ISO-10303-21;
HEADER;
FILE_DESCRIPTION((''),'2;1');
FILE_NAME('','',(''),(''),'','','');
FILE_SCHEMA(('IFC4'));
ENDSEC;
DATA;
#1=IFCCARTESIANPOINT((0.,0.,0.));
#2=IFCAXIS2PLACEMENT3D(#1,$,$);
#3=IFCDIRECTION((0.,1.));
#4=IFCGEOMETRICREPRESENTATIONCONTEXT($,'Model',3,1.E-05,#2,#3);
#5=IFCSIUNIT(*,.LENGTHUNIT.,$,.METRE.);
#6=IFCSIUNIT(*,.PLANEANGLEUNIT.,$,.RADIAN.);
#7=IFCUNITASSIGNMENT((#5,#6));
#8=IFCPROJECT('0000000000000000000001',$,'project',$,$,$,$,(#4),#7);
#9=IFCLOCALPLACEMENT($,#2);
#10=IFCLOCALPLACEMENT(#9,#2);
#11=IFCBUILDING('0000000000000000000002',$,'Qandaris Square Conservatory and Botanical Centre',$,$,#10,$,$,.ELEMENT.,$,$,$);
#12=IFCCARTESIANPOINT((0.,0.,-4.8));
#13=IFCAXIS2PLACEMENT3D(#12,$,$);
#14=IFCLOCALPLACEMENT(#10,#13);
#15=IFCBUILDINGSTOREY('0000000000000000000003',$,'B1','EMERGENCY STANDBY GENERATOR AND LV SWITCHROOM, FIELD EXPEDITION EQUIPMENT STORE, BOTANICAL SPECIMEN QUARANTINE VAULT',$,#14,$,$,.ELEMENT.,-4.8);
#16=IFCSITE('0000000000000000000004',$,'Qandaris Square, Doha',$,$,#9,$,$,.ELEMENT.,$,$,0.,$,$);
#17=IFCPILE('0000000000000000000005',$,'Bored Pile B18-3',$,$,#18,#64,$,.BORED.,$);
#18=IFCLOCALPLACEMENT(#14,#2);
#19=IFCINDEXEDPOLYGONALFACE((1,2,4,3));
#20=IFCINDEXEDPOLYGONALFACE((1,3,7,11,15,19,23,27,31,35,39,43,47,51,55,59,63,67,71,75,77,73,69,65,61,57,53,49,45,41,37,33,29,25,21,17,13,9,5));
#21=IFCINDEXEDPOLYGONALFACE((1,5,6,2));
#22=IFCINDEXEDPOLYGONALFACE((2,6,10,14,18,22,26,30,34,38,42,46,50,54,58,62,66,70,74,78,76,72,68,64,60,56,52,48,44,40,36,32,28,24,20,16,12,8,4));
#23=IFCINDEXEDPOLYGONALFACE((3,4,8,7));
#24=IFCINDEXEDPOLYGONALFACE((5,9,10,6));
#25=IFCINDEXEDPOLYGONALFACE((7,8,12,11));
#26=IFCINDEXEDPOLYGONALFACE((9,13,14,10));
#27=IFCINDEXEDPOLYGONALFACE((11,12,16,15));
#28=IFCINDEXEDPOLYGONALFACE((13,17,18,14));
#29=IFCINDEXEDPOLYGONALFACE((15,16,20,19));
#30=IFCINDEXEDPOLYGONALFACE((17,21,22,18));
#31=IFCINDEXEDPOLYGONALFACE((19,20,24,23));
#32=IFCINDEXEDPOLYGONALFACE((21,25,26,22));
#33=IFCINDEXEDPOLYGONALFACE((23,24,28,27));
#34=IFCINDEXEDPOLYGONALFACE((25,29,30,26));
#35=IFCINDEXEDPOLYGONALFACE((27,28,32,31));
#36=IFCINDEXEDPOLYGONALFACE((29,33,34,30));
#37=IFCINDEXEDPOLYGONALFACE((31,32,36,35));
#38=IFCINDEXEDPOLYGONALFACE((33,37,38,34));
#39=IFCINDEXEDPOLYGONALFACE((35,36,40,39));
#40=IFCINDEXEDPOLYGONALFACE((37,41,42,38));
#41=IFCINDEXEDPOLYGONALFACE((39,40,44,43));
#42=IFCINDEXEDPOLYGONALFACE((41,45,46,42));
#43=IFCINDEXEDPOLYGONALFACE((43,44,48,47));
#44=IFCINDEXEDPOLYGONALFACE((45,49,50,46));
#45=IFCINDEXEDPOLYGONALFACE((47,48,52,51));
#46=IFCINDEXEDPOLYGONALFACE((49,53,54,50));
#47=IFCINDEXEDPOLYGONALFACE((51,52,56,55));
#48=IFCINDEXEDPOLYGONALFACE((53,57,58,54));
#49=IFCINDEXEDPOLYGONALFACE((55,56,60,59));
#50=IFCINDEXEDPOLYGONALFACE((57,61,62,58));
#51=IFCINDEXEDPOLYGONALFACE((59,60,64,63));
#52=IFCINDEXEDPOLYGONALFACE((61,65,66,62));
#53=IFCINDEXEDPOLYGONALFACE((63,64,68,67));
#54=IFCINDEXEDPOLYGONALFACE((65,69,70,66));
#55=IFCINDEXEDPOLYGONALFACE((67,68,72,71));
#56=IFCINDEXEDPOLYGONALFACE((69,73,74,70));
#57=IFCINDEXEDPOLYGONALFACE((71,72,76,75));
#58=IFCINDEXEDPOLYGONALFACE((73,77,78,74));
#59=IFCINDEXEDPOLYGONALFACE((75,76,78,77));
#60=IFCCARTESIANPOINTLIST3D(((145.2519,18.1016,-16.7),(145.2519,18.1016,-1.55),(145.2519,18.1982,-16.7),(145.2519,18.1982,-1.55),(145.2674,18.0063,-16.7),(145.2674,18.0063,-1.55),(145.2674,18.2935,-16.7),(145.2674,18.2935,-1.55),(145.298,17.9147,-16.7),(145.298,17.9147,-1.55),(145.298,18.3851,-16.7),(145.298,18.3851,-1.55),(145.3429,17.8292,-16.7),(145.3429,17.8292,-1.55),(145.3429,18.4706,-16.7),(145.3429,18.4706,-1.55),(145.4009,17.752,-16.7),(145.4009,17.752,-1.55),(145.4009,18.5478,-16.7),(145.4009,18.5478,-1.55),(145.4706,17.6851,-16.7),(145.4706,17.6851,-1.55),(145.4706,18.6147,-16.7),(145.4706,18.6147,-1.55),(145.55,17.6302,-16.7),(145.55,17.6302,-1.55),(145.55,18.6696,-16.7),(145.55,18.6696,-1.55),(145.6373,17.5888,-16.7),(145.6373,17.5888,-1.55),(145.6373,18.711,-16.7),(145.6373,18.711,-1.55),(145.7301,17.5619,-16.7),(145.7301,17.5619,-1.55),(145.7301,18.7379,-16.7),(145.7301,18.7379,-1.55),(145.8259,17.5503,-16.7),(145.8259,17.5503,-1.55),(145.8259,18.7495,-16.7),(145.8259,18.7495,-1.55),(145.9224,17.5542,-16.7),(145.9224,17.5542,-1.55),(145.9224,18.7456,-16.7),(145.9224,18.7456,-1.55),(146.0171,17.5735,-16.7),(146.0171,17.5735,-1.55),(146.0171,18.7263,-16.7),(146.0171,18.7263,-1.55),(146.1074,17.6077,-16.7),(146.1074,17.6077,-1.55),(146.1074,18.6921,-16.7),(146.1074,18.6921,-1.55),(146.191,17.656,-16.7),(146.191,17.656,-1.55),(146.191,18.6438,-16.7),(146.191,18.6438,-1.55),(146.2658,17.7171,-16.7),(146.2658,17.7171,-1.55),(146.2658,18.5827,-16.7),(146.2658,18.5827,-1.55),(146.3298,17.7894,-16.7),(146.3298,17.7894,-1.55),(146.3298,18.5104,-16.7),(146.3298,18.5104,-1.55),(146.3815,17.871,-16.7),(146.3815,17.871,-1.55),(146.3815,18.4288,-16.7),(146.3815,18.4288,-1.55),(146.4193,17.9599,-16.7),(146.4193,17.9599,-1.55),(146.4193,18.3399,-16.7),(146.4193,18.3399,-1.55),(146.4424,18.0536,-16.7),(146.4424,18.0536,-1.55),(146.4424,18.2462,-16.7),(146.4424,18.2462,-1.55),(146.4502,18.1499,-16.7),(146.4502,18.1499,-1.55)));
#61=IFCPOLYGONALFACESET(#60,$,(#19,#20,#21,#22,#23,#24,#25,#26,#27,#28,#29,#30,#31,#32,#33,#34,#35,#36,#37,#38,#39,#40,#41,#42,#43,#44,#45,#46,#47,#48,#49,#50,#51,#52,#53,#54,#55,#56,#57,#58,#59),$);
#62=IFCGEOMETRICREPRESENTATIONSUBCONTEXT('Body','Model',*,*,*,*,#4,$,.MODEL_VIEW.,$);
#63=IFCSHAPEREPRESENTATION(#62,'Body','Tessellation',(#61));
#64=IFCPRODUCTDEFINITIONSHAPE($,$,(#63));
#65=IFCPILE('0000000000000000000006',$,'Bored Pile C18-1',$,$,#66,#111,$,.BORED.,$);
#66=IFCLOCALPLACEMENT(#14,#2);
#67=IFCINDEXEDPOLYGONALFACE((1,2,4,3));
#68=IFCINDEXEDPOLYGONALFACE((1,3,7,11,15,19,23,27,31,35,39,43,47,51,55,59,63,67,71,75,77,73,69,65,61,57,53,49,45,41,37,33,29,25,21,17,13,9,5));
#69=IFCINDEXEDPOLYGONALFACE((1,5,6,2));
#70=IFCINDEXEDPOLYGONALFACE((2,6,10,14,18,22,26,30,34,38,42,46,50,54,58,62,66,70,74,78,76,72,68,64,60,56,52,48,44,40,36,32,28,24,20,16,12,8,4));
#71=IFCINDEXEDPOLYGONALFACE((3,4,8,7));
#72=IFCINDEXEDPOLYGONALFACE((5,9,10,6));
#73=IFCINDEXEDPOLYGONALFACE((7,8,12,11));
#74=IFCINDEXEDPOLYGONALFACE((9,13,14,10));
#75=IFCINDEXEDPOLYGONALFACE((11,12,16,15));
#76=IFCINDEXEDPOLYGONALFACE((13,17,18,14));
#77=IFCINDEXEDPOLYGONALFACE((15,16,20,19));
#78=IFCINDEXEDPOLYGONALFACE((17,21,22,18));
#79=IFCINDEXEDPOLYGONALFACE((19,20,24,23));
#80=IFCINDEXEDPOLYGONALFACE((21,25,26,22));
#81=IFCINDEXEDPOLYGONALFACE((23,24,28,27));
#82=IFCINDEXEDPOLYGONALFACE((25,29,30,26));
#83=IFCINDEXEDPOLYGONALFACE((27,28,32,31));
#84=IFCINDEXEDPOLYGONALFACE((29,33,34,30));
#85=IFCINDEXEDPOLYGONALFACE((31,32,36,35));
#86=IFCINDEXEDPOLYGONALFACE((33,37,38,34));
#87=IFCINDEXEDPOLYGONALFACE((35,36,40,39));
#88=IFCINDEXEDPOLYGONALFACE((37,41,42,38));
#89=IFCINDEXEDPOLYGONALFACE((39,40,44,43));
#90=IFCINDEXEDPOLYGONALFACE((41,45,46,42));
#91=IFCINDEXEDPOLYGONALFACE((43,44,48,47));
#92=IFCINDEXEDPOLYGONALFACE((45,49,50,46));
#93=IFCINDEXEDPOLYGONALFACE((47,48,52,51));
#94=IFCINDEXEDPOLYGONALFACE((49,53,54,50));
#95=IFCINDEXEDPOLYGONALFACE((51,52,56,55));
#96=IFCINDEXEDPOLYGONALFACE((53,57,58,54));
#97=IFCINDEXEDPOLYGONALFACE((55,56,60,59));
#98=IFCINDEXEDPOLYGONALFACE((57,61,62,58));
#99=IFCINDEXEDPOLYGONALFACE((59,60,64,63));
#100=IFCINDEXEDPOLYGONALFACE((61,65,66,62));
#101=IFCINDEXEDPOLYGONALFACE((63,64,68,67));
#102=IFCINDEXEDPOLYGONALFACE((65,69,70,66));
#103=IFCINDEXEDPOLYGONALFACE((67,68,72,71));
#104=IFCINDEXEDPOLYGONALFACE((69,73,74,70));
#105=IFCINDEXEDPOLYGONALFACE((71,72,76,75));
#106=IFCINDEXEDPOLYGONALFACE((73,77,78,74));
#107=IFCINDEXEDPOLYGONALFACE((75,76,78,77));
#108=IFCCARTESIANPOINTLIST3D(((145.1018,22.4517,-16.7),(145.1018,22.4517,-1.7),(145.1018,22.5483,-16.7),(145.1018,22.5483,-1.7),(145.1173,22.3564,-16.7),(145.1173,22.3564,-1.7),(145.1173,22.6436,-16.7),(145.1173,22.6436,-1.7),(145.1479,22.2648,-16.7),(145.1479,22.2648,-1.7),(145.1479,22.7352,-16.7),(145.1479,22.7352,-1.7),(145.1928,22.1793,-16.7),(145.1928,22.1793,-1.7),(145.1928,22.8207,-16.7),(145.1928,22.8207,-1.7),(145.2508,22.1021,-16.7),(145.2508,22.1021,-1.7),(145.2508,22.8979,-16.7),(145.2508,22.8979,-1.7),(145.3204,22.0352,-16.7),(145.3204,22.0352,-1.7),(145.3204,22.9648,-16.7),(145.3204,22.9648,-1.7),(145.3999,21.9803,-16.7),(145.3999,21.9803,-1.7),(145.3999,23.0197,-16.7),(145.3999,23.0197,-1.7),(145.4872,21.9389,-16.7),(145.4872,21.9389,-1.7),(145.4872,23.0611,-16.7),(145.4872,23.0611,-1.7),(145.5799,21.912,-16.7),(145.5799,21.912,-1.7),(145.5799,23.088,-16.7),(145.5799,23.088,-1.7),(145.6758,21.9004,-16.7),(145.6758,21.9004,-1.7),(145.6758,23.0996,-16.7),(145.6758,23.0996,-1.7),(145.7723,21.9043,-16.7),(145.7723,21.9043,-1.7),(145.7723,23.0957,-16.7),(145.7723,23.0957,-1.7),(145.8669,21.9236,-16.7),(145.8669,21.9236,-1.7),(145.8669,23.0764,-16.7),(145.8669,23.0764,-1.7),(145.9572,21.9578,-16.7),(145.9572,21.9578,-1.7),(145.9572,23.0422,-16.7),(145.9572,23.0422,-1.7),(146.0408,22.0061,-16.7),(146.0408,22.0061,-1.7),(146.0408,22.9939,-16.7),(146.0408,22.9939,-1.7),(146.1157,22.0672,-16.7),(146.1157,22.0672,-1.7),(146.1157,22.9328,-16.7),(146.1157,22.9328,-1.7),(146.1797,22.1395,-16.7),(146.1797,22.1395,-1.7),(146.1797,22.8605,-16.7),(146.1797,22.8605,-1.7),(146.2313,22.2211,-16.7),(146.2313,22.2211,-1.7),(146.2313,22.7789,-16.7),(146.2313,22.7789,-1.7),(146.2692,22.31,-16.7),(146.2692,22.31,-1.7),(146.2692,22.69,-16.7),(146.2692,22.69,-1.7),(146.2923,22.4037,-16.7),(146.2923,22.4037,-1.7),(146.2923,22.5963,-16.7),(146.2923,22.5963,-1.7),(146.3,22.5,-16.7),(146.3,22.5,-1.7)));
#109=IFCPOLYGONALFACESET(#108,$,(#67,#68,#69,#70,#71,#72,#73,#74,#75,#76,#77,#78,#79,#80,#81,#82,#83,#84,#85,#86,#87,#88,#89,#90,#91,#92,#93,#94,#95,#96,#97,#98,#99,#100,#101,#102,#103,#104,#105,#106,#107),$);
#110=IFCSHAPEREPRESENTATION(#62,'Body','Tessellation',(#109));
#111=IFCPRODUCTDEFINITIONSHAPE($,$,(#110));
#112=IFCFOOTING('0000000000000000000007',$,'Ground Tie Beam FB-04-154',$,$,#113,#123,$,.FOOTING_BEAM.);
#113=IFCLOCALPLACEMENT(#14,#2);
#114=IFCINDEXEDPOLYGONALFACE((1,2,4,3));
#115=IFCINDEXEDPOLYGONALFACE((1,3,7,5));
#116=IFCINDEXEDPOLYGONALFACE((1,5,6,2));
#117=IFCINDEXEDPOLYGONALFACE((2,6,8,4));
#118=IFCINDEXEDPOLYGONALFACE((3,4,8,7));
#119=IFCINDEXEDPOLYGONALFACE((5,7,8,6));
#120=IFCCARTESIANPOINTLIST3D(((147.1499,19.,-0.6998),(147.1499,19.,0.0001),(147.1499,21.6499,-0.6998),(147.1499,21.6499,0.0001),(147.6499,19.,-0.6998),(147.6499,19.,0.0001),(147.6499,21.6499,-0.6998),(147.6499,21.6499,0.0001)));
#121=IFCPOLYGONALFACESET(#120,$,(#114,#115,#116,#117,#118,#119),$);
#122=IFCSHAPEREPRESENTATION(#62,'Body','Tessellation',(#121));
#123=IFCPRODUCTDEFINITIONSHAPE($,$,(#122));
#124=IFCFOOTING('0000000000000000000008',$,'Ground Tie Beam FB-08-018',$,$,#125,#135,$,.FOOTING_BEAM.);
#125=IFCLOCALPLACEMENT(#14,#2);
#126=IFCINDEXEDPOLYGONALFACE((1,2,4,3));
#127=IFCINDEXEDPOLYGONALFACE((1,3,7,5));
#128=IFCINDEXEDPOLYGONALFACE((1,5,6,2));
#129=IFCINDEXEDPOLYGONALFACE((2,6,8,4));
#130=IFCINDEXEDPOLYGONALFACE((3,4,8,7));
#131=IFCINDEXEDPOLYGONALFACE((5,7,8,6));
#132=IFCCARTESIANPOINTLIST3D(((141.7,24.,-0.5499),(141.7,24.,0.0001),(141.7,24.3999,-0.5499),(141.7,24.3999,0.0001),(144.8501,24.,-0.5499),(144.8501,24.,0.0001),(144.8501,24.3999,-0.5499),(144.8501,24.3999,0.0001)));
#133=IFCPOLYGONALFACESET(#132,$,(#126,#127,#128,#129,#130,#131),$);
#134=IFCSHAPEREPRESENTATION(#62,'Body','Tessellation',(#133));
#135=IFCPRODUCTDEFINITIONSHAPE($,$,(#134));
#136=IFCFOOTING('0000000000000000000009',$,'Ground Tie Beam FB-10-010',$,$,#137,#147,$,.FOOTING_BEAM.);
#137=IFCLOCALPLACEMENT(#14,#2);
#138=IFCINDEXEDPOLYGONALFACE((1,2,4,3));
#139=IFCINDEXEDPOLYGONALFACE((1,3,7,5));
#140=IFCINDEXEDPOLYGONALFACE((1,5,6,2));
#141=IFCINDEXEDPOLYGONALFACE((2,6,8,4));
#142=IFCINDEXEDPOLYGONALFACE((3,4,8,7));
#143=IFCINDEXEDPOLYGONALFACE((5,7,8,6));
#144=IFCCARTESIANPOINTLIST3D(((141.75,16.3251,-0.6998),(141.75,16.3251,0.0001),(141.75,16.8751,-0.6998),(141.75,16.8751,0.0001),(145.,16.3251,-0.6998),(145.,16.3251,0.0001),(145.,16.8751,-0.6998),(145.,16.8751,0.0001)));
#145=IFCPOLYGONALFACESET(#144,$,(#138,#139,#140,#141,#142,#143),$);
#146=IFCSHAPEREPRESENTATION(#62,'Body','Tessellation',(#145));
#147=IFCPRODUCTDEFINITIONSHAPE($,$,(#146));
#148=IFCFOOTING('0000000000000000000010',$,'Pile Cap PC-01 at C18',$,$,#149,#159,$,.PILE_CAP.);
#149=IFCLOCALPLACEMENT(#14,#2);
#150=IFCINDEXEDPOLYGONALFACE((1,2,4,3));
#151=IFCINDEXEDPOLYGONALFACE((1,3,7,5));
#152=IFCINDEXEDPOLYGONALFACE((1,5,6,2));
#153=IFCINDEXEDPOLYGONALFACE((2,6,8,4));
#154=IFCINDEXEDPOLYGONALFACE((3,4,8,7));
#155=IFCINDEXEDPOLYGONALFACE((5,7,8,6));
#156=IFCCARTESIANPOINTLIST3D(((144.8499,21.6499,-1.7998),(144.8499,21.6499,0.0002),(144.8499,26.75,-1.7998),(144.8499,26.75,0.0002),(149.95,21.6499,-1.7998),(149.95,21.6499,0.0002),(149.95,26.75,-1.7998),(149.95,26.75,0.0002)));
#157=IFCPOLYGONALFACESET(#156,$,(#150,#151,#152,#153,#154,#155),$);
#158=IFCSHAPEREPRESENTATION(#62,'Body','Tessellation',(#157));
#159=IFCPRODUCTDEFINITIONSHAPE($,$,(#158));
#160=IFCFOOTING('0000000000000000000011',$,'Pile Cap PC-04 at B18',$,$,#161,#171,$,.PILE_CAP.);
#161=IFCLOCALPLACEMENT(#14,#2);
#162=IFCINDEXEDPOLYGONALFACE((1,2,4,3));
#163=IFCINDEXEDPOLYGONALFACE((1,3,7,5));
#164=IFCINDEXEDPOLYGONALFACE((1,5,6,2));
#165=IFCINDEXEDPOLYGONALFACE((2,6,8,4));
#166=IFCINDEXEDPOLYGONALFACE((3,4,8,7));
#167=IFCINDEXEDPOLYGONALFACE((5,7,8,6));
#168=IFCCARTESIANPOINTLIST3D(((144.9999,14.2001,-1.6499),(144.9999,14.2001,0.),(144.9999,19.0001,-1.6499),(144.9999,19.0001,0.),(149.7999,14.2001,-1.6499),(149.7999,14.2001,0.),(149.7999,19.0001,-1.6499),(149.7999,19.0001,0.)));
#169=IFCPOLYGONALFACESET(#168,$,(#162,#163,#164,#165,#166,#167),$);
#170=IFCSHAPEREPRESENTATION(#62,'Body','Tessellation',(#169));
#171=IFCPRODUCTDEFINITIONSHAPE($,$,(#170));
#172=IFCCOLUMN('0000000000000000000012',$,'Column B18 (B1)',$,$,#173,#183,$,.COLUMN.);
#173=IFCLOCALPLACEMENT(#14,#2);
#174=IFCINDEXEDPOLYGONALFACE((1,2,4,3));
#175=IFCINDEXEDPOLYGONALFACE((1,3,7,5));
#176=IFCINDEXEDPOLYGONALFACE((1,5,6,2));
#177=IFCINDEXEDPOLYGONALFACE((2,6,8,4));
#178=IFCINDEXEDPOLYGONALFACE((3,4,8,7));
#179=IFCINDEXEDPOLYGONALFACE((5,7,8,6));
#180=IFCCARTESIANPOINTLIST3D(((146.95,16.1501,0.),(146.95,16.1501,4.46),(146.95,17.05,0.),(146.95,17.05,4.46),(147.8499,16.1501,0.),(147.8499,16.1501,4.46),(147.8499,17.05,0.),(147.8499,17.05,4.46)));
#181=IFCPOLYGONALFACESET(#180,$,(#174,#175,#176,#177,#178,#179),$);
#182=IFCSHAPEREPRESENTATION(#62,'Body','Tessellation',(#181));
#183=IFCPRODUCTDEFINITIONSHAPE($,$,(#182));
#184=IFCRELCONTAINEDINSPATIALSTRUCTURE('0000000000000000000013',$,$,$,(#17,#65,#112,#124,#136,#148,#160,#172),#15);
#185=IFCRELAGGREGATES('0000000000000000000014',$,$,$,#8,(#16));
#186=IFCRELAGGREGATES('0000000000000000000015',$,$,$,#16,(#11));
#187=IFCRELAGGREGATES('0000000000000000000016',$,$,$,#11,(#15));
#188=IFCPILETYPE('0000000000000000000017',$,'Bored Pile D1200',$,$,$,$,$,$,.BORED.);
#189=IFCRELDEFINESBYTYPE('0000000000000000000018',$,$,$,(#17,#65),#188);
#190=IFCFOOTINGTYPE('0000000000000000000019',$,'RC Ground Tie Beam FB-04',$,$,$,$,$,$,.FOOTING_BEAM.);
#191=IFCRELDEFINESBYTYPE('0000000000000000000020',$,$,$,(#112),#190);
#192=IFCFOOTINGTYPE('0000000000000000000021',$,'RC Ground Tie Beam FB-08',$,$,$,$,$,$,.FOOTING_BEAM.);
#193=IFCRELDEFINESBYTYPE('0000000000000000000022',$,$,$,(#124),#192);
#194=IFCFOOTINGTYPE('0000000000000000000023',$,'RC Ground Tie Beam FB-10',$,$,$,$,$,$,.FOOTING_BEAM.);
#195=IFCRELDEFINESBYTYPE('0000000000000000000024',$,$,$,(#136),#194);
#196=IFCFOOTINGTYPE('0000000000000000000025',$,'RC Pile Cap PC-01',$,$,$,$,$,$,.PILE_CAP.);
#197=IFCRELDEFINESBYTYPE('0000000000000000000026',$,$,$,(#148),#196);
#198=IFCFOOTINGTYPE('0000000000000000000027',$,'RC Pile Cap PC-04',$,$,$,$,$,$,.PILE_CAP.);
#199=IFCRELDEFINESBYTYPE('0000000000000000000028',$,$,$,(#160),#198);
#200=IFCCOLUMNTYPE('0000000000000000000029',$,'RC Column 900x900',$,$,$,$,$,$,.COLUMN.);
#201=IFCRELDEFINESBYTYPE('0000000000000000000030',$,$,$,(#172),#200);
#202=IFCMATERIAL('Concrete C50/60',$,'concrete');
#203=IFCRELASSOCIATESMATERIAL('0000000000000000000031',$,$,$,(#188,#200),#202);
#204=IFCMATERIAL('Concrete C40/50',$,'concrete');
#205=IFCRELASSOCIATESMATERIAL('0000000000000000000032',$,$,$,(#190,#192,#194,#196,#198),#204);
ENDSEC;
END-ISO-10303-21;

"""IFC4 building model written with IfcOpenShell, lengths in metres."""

from ifc_helpers import new_model, si_unit, direction, frame, origin, origin_2d, place, context, subcontext, project, spatial, rectangle, circle, extrude, material, material_profile, profile_set, type_object, element, save


model = new_model("IFC4")

# Units and contexts
model_context = context("Model", 3, precision=1e-05, world=origin(), true_north=direction((0.0, 1.0)))
body_context = subcontext(model_context, "Body", "Model", "MODEL_VIEW")
ifc_project = project(units=[si_unit("LENGTHUNIT", "METRE"), si_unit("PLANEANGLEUNIT", "RADIAN")], contexts=[model_context])

# Site, building, storey
site_placement = place(None, origin())
site = spatial("IfcSite", under=ifc_project, at=site_placement, Name="Qandaris Square, Doha", CompositionType="ELEMENT", RefElevation=0.0)
building_placement = place(site_placement, origin())
building = spatial("IfcBuilding", under=site, at=building_placement, Name="Qandaris Square Conservatory and Botanical Centre", CompositionType="ELEMENT")
storey_placement = place(building_placement, frame((0.0, 0.0, -4.8)))
storey = spatial("IfcBuildingStorey", under=building, at=storey_placement, Name="B1", Description="EMERGENCY STANDBY GENERATOR AND LV SWITCHROOM, FIELD EXPEDITION EQUIPMENT STORE, BOTANICAL SPECIMEN QUARANTINE VAULT", CompositionType="ELEMENT", Elevation=-4.8)

# Piles
ifc_material_1 = material(Name="Concrete C50/60", Category="concrete")
ifc_material_profile_1 = material_profile(ifc_material_1, circle(Radius=0.6001, at=origin_2d()), Name="PILE D1200")
ifc_profile_set_1 = profile_set([ifc_material_profile_1], Name="Concrete C50/60")
pile_type = type_object("IfcPileType", Name="Bored Pile D1200", PredefinedType="BORED", material=ifc_profile_set_1)
for number, where, z_axis, x_axis, name in (
    (1, (145.8501, 18.1499, -1.55), (0.0, 0.0, -1.0), (1.0, 0.0, 0.0), "Bored Pile B18-3"),
):
    element("IfcPile", number, at=place(storey_placement, frame(where, z_axis=z_axis, x_axis=x_axis)), inside=storey, type_object=pile_type, Name=name, PredefinedType="BORED", context=body_context, shape_type="SweptSolid", body=[
        extrude(circle(Radius=0.6001, at=origin_2d()), origin(), (0.0, 0.0, 1.0), 15.1499),
    ])
pile_1_placement = place(storey_placement, frame((145.7, 22.5, -1.7), z_axis=(0.0, 0.0, -1.0), x_axis=(1.0, 0.0, 0.0)))
element("IfcPile", 2, at=pile_1_placement, inside=storey, type_object=pile_type, Name="Bored Pile C18-1", PredefinedType="BORED", context=body_context, shape_type="SweptSolid", body=[
    extrude(circle(Radius=0.6001, at=origin_2d()), origin(), (0.0, 0.0, 1.0), 15.0),
])

# Footings
ifc_material_2 = material(Name="Concrete C40/50", Category="concrete")
ifc_material_profile_2 = material_profile(ifc_material_2, rectangle(XDim=0.5, YDim=0.7, at=origin_2d()), Name="FB 500x700")
ifc_profile_set_2 = profile_set([ifc_material_profile_2], Name="Concrete C40/50")
footing_type_1 = type_object("IfcFootingType", Name="RC Ground Tie Beam FB-04", PredefinedType="FOOTING_BEAM", material=ifc_profile_set_2)
footing_1_placement = place(storey_placement, frame((147.3999, 19.0, -0.3499), z_axis=(0.0, 1.0, 0.0), x_axis=(-1.0, 0.0, 0.0)))
element("IfcFooting", 3, at=footing_1_placement, inside=storey, type_object=footing_type_1, Name="Ground Tie Beam FB-04-154", PredefinedType="FOOTING_BEAM", context=body_context, shape_type="SweptSolid", body=[
    extrude(rectangle(XDim=0.5, YDim=0.7, at=origin_2d()), origin(), (0.0, 0.0, 1.0), 2.6499),
])
ifc_material_profile_3 = material_profile(ifc_material_2, rectangle(XDim=0.3999, YDim=0.55, at=origin_2d()), Name="FB 400x550")
ifc_profile_set_3 = profile_set([ifc_material_profile_3], Name="Concrete C40/50")
footing_type_2 = type_object("IfcFootingType", Name="RC Ground Tie Beam FB-08", PredefinedType="FOOTING_BEAM", material=ifc_profile_set_3)
footing_2_placement = place(storey_placement, frame((141.7, 24.2, -0.2749), z_axis=(1.0, 0.0, 0.0), x_axis=(0.0, 1.0, 0.0)))
element("IfcFooting", 4, at=footing_2_placement, inside=storey, type_object=footing_type_2, Name="Ground Tie Beam FB-08-018", PredefinedType="FOOTING_BEAM", context=body_context, shape_type="SweptSolid", body=[
    extrude(rectangle(XDim=0.3999, YDim=0.55, at=origin_2d()), origin(), (0.0, 0.0, 1.0), 3.1501),
])
ifc_material_profile_4 = material_profile(ifc_material_2, rectangle(XDim=0.55, YDim=0.7, at=origin_2d()), Name="FB 550x700")
ifc_profile_set_4 = profile_set([ifc_material_profile_4], Name="Concrete C40/50")
footing_type_3 = type_object("IfcFootingType", Name="RC Ground Tie Beam FB-10", PredefinedType="FOOTING_BEAM", material=ifc_profile_set_4)
footing_3_placement = place(storey_placement, frame((141.75, 16.6001, -0.3499), z_axis=(1.0, 0.0, 0.0), x_axis=(0.0, 1.0, 0.0)))
element("IfcFooting", 5, at=footing_3_placement, inside=storey, type_object=footing_type_3, Name="Ground Tie Beam FB-10-010", PredefinedType="FOOTING_BEAM", context=body_context, shape_type="SweptSolid", body=[
    extrude(rectangle(XDim=0.55, YDim=0.7, at=origin_2d()), origin(), (0.0, 0.0, 1.0), 3.25),
])
footing_type_4 = type_object("IfcFootingType", Name="RC Pile Cap PC-01", PredefinedType="PILE_CAP", material=ifc_material_2)
footing_4_placement = place(storey_placement, frame((147.3999, 24.2, -1.7998), z_axis=(0.0, 0.0, 1.0), x_axis=(1.0, 0.0, 0.0)))
element("IfcFooting", 6, at=footing_4_placement, inside=storey, type_object=footing_type_4, Name="Pile Cap PC-01 at C18", PredefinedType="PILE_CAP", context=body_context, shape_type="SweptSolid", body=[
    extrude(rectangle(XDim=5.1001, YDim=5.1001, at=origin_2d()), origin(), (0.0, 0.0, 1.0), 1.8),
])
footing_type_5 = type_object("IfcFootingType", Name="RC Pile Cap PC-04", PredefinedType="PILE_CAP", material=ifc_material_2)
footing_5_placement = place(storey_placement, frame((147.3999, 16.6001, -1.6499), z_axis=(0.0, 0.0, 1.0), x_axis=(1.0, 0.0, 0.0)))
element("IfcFooting", 7, at=footing_5_placement, inside=storey, type_object=footing_type_5, Name="Pile Cap PC-04 at B18", PredefinedType="PILE_CAP", context=body_context, shape_type="SweptSolid", body=[
    extrude(rectangle(XDim=4.8, YDim=4.8, at=origin_2d()), origin(), (0.0, 0.0, 1.0), 1.6499),
])

# Column
ifc_material_profile_5 = material_profile(ifc_material_1, rectangle(XDim=0.8999, YDim=0.8999, at=origin_2d()), Name="RC-COL 900x900")
ifc_profile_set_5 = profile_set([ifc_material_profile_5], Name="Concrete C50/60")
column_type = type_object("IfcColumnType", Name="RC Column 900x900", PredefinedType="COLUMN", material=ifc_profile_set_5)
for number, where, z_axis, x_axis, name in (
    (8, (147.3999, 16.6001, 0.0), (0.0, 0.0, 1.0), (1.0, 0.0, 0.0), "Column B18 (B1)"),
):
    element("IfcColumn", number, at=place(storey_placement, frame(where, z_axis=z_axis, x_axis=x_axis)), inside=storey, type_object=column_type, Name=name, PredefinedType="COLUMN", context=body_context, shape_type="SweptSolid", body=[
        extrude(rectangle(XDim=0.8999, YDim=0.8999, at=origin_2d()), origin(), (0.0, 0.0, 1.0), 4.46),
    ])

save(model, "model.ifc")
